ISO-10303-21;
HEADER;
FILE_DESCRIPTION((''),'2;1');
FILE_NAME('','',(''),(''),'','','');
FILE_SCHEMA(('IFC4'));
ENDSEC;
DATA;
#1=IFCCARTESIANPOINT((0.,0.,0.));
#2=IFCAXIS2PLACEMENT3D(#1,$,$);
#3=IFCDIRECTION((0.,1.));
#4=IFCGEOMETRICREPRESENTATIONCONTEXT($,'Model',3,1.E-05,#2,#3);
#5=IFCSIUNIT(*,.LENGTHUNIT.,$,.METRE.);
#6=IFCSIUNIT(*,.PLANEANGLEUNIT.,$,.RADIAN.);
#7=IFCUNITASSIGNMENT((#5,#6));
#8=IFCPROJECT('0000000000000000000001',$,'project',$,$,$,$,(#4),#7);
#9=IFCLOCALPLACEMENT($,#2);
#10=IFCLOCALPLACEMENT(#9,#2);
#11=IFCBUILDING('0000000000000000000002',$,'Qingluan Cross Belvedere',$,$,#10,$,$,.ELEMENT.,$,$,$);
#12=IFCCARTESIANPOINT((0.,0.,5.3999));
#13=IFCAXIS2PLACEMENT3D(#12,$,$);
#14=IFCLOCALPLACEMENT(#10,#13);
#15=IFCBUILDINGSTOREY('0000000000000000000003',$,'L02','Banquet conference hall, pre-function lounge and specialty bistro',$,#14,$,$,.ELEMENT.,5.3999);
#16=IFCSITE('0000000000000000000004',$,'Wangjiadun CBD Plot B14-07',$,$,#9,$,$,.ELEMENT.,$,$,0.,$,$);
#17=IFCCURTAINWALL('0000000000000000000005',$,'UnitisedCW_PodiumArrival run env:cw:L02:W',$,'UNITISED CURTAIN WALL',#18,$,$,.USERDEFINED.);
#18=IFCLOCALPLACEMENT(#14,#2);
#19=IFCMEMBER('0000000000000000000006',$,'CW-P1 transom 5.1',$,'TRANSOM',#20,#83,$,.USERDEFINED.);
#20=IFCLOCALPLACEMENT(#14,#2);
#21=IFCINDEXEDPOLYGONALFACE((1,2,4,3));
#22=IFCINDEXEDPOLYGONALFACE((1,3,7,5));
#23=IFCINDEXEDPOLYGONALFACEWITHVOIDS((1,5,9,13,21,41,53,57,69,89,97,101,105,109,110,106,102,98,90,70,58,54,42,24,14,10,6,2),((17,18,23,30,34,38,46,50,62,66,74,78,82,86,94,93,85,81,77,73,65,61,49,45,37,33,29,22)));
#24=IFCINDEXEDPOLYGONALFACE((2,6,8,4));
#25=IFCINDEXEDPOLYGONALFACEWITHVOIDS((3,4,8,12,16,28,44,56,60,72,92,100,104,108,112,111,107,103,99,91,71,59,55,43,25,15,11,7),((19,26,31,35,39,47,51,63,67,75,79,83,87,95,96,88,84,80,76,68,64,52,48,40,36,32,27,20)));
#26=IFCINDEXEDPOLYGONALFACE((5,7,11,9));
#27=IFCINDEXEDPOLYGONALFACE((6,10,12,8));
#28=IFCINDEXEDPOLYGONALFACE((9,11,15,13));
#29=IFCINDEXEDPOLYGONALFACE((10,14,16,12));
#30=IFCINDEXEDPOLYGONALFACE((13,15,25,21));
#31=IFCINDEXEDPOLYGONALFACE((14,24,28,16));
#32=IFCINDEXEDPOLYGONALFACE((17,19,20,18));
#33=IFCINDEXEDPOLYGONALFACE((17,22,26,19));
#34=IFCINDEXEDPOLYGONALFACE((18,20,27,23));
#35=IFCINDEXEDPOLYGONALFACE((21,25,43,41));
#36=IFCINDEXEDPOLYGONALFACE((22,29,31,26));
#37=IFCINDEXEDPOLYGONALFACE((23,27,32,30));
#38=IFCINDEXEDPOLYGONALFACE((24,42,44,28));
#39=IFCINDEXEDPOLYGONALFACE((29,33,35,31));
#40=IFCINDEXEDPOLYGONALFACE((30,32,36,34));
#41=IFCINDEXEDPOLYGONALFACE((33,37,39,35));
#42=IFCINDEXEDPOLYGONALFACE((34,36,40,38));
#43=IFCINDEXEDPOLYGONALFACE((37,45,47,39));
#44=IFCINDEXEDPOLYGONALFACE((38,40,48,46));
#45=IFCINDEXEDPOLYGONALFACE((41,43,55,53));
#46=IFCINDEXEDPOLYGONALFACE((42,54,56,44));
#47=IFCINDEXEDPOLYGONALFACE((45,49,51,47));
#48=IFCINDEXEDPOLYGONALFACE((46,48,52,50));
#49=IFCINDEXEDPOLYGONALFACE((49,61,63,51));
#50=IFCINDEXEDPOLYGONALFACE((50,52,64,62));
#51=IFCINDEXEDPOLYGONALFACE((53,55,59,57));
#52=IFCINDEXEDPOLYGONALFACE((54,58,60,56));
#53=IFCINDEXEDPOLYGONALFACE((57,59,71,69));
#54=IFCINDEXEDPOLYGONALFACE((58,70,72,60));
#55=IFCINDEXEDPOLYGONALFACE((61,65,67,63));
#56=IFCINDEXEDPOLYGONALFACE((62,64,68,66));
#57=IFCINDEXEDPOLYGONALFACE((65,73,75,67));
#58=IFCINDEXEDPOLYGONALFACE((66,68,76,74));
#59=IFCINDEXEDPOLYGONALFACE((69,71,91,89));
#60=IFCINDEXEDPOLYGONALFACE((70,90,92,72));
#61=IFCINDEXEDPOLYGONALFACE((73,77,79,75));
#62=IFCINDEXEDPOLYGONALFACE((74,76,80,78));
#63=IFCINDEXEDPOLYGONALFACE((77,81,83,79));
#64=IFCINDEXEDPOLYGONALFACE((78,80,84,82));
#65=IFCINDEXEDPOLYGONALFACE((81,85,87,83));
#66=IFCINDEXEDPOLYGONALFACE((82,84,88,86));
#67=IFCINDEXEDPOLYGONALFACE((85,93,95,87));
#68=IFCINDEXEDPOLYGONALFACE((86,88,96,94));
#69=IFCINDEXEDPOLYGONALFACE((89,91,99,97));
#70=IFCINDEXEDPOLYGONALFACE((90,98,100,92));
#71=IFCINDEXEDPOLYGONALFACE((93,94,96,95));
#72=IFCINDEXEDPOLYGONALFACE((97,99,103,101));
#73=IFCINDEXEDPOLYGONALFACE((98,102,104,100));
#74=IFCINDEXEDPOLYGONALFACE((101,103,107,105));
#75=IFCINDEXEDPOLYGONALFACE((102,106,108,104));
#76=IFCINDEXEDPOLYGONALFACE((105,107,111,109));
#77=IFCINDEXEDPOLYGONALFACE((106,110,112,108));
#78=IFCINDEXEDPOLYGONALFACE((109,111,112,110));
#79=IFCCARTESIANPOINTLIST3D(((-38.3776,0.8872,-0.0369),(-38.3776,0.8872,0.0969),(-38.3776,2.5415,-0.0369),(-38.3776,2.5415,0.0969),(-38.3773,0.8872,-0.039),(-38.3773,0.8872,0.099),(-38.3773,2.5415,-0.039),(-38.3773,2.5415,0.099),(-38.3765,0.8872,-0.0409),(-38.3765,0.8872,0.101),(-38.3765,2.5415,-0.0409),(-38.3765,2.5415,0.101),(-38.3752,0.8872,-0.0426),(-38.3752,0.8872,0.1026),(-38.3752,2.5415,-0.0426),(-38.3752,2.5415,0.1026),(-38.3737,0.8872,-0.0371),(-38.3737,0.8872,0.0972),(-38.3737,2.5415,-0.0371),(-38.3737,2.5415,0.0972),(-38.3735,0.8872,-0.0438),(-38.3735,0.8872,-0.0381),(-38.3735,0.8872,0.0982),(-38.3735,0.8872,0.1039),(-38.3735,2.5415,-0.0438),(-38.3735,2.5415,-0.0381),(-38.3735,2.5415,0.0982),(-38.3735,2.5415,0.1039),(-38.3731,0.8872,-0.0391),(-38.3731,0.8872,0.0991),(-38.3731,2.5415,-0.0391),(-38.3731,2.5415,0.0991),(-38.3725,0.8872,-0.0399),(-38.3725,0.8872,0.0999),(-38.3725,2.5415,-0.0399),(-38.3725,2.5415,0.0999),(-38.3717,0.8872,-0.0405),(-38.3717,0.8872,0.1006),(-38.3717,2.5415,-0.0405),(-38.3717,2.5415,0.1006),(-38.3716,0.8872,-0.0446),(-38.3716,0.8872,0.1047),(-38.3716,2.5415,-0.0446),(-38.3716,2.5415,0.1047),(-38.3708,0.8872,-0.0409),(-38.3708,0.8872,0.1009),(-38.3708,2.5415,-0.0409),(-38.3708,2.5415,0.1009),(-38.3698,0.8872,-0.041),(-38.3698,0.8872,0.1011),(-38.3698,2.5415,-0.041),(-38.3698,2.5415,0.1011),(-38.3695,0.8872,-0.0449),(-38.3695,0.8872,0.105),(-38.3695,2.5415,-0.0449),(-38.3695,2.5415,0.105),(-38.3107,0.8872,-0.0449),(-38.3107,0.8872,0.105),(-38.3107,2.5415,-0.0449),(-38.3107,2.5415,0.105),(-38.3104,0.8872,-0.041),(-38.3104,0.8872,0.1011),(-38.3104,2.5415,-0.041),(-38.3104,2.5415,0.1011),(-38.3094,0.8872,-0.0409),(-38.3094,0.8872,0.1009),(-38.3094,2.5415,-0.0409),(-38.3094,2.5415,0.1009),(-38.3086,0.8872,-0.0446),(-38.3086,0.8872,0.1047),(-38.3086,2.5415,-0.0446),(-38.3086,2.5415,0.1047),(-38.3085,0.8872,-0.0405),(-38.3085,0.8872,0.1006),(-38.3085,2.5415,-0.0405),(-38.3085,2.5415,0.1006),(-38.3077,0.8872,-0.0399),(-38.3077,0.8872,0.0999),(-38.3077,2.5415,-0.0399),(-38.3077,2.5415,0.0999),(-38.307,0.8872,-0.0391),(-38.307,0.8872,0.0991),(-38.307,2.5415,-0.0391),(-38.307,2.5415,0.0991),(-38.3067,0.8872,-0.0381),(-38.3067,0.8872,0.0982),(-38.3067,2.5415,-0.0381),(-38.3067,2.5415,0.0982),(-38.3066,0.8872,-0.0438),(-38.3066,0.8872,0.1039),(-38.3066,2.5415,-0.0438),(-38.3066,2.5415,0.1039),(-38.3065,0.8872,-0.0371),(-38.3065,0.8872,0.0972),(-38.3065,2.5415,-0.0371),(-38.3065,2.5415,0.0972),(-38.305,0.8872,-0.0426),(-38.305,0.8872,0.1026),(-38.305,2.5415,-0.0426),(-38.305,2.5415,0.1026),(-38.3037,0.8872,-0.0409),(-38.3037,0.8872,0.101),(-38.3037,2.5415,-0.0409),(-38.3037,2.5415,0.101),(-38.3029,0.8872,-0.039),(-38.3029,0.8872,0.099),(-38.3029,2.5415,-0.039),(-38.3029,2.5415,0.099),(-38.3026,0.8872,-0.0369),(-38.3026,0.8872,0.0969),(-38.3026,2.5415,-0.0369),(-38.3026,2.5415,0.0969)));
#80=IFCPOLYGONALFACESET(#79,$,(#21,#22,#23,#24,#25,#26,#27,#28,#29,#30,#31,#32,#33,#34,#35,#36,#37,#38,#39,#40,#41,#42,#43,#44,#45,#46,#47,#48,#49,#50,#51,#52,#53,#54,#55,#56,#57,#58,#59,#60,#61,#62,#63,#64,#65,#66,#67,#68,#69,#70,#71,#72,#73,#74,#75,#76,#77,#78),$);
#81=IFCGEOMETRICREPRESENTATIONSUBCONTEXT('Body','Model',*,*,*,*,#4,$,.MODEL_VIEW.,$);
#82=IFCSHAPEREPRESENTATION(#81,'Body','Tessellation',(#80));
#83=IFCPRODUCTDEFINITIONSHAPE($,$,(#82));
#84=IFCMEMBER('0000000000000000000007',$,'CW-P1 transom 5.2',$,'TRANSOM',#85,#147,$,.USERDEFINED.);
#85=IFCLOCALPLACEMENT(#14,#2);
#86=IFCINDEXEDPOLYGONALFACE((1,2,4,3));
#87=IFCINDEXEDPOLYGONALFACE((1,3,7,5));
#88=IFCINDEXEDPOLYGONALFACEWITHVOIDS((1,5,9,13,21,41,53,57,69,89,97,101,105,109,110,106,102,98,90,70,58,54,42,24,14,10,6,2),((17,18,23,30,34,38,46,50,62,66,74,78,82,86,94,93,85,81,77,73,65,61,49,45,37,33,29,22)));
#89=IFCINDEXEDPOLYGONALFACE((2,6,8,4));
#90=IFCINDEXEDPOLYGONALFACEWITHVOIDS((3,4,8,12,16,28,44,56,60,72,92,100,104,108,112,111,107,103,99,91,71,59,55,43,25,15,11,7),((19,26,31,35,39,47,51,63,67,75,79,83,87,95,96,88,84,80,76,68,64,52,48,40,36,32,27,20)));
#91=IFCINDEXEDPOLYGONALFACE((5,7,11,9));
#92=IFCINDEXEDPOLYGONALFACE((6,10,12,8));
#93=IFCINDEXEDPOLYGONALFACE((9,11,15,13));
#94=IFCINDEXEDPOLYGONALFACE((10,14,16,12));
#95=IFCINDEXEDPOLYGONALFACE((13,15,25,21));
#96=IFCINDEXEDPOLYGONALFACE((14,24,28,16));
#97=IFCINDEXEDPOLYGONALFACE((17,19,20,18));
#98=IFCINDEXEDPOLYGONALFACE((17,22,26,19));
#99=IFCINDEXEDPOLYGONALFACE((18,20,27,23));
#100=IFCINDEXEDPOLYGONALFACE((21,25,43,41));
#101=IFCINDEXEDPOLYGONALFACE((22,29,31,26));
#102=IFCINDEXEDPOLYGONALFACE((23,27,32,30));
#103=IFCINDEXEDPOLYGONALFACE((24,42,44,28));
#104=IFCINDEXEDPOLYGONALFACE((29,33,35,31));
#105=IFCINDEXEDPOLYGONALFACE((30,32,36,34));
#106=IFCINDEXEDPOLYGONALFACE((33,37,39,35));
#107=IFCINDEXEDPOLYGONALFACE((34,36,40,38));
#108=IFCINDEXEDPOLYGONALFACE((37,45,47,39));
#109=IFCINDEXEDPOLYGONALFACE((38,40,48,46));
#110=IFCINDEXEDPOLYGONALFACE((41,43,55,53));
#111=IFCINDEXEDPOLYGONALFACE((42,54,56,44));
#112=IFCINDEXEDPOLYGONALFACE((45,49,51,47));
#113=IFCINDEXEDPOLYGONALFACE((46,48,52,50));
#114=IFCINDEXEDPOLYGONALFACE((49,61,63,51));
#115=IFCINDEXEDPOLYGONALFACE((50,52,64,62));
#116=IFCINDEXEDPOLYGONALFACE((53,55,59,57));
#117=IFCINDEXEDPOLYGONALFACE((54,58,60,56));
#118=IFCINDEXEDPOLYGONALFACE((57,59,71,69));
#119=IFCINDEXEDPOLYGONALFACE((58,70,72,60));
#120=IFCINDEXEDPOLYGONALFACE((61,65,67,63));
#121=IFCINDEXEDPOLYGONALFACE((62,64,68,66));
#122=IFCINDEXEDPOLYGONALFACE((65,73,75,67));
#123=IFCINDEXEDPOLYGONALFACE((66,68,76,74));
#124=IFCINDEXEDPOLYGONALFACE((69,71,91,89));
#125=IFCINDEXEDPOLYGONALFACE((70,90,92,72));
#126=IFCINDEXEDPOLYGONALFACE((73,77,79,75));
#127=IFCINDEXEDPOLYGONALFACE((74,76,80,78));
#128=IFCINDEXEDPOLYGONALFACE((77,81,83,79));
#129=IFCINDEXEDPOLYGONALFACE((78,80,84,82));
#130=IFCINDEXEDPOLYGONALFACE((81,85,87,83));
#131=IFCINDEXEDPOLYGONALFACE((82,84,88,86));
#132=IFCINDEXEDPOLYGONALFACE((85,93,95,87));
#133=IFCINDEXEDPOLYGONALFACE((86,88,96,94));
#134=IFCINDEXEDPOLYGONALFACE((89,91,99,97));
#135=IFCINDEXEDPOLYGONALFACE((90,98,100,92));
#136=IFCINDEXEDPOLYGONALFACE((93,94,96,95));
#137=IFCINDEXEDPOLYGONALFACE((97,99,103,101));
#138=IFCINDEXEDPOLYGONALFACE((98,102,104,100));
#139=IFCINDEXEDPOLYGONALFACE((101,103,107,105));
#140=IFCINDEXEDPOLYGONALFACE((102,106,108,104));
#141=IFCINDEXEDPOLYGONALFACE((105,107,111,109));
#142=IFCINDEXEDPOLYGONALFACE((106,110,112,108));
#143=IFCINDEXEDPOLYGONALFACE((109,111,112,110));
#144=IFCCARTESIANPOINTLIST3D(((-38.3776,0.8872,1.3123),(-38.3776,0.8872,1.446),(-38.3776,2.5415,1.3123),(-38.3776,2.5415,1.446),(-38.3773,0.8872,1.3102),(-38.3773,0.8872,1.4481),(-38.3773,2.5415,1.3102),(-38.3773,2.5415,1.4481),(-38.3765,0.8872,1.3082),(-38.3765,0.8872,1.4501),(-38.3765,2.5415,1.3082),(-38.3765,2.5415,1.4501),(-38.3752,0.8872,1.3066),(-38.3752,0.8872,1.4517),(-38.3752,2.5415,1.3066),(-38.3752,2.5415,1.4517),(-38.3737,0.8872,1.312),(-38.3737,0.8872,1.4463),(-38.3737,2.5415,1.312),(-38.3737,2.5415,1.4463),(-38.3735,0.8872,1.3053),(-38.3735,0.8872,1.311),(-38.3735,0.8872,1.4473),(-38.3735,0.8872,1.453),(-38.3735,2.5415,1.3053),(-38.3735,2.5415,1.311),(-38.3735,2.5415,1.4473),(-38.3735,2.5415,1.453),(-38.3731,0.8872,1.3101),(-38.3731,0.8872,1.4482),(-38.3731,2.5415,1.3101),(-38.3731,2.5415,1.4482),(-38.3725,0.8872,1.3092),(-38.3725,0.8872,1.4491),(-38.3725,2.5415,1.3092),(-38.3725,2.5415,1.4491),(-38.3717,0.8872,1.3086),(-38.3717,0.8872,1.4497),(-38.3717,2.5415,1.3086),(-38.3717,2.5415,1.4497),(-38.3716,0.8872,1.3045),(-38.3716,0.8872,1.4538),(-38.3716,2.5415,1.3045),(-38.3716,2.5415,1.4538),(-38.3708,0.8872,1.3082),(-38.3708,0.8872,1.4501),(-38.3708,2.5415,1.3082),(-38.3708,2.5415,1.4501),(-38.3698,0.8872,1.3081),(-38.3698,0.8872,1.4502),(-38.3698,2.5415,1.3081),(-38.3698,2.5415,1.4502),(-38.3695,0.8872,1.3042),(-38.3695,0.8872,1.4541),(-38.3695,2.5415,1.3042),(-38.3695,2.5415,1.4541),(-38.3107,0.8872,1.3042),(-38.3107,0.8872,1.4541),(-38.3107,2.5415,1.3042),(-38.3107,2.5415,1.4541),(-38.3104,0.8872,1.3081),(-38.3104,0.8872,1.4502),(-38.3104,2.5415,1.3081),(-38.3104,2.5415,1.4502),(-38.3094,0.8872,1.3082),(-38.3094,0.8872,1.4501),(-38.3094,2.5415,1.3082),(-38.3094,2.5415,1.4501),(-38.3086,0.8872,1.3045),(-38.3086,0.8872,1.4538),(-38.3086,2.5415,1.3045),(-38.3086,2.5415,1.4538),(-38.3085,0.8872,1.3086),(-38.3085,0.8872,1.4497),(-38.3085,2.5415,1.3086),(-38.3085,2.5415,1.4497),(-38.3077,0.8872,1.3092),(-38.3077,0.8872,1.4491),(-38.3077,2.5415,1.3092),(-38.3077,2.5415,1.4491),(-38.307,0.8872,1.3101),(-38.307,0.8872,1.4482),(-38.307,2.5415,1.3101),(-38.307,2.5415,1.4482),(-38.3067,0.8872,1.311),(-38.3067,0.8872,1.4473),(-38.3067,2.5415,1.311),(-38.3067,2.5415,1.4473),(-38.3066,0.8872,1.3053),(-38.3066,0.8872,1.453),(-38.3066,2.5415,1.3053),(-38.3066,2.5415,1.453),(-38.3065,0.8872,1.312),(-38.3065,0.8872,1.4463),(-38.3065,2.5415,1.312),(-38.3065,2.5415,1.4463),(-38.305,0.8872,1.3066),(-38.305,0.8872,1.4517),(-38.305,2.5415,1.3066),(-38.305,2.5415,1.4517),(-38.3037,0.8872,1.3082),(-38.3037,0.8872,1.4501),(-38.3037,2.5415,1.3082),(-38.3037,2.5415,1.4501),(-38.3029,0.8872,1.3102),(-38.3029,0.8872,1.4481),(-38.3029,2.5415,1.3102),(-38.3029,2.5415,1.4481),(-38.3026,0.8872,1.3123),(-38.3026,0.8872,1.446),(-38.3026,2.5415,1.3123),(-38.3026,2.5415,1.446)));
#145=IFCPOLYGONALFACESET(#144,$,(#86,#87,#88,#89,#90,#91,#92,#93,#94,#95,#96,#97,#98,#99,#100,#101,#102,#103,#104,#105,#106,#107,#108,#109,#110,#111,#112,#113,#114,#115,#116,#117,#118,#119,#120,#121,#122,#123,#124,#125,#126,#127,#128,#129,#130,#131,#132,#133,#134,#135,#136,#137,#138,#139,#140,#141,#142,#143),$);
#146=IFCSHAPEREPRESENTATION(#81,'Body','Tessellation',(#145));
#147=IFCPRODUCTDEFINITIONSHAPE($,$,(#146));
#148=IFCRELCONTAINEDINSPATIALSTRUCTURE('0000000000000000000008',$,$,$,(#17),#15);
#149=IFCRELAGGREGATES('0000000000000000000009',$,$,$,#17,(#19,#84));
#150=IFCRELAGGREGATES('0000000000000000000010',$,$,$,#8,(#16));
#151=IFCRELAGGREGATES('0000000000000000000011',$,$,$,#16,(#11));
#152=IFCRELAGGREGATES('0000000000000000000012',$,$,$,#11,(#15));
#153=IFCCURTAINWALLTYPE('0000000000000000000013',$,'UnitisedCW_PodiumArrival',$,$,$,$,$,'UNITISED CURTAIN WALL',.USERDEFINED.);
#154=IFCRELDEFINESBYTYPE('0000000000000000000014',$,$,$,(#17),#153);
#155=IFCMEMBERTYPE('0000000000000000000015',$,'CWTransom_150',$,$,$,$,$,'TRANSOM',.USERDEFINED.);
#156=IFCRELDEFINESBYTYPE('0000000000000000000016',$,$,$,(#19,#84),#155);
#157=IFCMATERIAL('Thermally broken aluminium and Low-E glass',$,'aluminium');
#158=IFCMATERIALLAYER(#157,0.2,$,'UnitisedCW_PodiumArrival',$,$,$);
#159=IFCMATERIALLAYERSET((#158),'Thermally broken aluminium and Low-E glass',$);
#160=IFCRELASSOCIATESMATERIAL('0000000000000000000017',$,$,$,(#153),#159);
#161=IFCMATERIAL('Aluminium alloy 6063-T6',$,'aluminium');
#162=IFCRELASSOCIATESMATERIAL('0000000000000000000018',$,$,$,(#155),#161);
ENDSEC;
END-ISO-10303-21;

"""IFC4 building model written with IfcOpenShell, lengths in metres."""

from ifc_helpers import new_model, si_unit, direction, frame, origin, origin_2d, place, context, subcontext, project, spatial, hollow_rectangle, extrude, material, layer, layer_set, material_profile, profile_set, type_object, element, aggregate, save


model = new_model("IFC4")

# Units and contexts
model_context = context("Model", 3, precision=1e-05, world=origin(), true_north=direction((0.0, 1.0)))
body_context = subcontext(model_context, "Body", "Model", "MODEL_VIEW")
ifc_project = project(units=[si_unit("LENGTHUNIT", "METRE"), si_unit("PLANEANGLEUNIT", "RADIAN")], contexts=[model_context])

# Site, building, storey
site_placement = place(None, origin())
site = spatial("IfcSite", under=ifc_project, at=site_placement, Name="Wangjiadun CBD Plot B14-07", CompositionType="ELEMENT", RefElevation=0.0)
building_placement = place(site_placement, origin())
building = spatial("IfcBuilding", under=site, at=building_placement, Name="Qingluan Cross Belvedere", CompositionType="ELEMENT")
storey_placement = place(building_placement, frame((0.0, 0.0, 5.3999)))
storey = spatial("IfcBuildingStorey", under=building, at=storey_placement, Name="L02", Description="Banquet conference hall, pre-function lounge and specialty bistro", CompositionType="ELEMENT", Elevation=5.3999)

# Curtain wall, members
ifc_material_1 = material(Name="Thermally broken aluminium and Low-E glass", Category="aluminium")
ifc_layer_1 = layer(ifc_material_1, 0.2, Name="UnitisedCW_PodiumArrival")
ifc_layer_set_1 = layer_set([ifc_layer_1], Name="Thermally broken aluminium and Low-E glass")
curtain_wall_type = type_object("IfcCurtainWallType", Name="UnitisedCW_PodiumArrival", ElementType="UNITISED CURTAIN WALL", PredefinedType="USERDEFINED", material=ifc_layer_set_1)
curtain_wall_placement = place(storey_placement, origin())
curtain_wall = element("IfcCurtainWall", 1, at=curtain_wall_placement, inside=storey, type_object=curtain_wall_type, Name="UnitisedCW_PodiumArrival run env:cw:L02:W", ObjectType="UNITISED CURTAIN WALL", PredefinedType="USERDEFINED")
ifc_material_2 = material(Name="Aluminium alloy 6063-T6", Category="aluminium")
ifc_material_profile_1 = material_profile(ifc_material_2, hollow_rectangle(XDim=0.075, YDim=0.1499, WallThickness=0.0039, InnerFilletRadius=0.0039, OuterFilletRadius=0.0081, at=origin_2d()), Name="CWT150x75x4")
ifc_profile_set_1 = profile_set([ifc_material_profile_1], Name="Aluminium alloy 6063-T6")
member_type_1 = type_object("IfcMemberType", Name="CWTransom_150", ElementType="TRANSOM", PredefinedType="USERDEFINED", material=ifc_profile_set_1)
member_1_placement = place(storey_placement, frame((-38.3401, 0.8872, 0.03), z_axis=(0.0, 1.0, 0.0), x_axis=(-1.0, 0.0, 0.0)))
member_1 = element("IfcMember", 2, at=member_1_placement, type_object=member_type_1, Name="CW-P1 transom 5.1", ObjectType="TRANSOM", PredefinedType="USERDEFINED", context=body_context, shape_type="SweptSolid", body=[
    extrude(hollow_rectangle(XDim=0.075, YDim=0.1499, WallThickness=0.0039, InnerFilletRadius=0.0039, OuterFilletRadius=0.0081, at=origin_2d()), origin(), (0.0, 0.0, 1.0), 1.6543),
])
member_2_placement = place(storey_placement, frame((-38.3401, 0.8872, 1.3792), z_axis=(0.0, 1.0, 0.0), x_axis=(-1.0, 0.0, 0.0)))
member_2 = element("IfcMember", 3, at=member_2_placement, type_object=member_type_1, Name="CW-P1 transom 5.2", ObjectType="TRANSOM", PredefinedType="USERDEFINED", context=body_context, shape_type="SweptSolid", body=[
    extrude(hollow_rectangle(XDim=0.075, YDim=0.1499, WallThickness=0.0039, InnerFilletRadius=0.0039, OuterFilletRadius=0.0081, at=origin_2d()), origin(), (0.0, 0.0, 1.0), 1.6543),
])
aggregate(curtain_wall, [member_1, member_2])

save(model, "model.ifc")
